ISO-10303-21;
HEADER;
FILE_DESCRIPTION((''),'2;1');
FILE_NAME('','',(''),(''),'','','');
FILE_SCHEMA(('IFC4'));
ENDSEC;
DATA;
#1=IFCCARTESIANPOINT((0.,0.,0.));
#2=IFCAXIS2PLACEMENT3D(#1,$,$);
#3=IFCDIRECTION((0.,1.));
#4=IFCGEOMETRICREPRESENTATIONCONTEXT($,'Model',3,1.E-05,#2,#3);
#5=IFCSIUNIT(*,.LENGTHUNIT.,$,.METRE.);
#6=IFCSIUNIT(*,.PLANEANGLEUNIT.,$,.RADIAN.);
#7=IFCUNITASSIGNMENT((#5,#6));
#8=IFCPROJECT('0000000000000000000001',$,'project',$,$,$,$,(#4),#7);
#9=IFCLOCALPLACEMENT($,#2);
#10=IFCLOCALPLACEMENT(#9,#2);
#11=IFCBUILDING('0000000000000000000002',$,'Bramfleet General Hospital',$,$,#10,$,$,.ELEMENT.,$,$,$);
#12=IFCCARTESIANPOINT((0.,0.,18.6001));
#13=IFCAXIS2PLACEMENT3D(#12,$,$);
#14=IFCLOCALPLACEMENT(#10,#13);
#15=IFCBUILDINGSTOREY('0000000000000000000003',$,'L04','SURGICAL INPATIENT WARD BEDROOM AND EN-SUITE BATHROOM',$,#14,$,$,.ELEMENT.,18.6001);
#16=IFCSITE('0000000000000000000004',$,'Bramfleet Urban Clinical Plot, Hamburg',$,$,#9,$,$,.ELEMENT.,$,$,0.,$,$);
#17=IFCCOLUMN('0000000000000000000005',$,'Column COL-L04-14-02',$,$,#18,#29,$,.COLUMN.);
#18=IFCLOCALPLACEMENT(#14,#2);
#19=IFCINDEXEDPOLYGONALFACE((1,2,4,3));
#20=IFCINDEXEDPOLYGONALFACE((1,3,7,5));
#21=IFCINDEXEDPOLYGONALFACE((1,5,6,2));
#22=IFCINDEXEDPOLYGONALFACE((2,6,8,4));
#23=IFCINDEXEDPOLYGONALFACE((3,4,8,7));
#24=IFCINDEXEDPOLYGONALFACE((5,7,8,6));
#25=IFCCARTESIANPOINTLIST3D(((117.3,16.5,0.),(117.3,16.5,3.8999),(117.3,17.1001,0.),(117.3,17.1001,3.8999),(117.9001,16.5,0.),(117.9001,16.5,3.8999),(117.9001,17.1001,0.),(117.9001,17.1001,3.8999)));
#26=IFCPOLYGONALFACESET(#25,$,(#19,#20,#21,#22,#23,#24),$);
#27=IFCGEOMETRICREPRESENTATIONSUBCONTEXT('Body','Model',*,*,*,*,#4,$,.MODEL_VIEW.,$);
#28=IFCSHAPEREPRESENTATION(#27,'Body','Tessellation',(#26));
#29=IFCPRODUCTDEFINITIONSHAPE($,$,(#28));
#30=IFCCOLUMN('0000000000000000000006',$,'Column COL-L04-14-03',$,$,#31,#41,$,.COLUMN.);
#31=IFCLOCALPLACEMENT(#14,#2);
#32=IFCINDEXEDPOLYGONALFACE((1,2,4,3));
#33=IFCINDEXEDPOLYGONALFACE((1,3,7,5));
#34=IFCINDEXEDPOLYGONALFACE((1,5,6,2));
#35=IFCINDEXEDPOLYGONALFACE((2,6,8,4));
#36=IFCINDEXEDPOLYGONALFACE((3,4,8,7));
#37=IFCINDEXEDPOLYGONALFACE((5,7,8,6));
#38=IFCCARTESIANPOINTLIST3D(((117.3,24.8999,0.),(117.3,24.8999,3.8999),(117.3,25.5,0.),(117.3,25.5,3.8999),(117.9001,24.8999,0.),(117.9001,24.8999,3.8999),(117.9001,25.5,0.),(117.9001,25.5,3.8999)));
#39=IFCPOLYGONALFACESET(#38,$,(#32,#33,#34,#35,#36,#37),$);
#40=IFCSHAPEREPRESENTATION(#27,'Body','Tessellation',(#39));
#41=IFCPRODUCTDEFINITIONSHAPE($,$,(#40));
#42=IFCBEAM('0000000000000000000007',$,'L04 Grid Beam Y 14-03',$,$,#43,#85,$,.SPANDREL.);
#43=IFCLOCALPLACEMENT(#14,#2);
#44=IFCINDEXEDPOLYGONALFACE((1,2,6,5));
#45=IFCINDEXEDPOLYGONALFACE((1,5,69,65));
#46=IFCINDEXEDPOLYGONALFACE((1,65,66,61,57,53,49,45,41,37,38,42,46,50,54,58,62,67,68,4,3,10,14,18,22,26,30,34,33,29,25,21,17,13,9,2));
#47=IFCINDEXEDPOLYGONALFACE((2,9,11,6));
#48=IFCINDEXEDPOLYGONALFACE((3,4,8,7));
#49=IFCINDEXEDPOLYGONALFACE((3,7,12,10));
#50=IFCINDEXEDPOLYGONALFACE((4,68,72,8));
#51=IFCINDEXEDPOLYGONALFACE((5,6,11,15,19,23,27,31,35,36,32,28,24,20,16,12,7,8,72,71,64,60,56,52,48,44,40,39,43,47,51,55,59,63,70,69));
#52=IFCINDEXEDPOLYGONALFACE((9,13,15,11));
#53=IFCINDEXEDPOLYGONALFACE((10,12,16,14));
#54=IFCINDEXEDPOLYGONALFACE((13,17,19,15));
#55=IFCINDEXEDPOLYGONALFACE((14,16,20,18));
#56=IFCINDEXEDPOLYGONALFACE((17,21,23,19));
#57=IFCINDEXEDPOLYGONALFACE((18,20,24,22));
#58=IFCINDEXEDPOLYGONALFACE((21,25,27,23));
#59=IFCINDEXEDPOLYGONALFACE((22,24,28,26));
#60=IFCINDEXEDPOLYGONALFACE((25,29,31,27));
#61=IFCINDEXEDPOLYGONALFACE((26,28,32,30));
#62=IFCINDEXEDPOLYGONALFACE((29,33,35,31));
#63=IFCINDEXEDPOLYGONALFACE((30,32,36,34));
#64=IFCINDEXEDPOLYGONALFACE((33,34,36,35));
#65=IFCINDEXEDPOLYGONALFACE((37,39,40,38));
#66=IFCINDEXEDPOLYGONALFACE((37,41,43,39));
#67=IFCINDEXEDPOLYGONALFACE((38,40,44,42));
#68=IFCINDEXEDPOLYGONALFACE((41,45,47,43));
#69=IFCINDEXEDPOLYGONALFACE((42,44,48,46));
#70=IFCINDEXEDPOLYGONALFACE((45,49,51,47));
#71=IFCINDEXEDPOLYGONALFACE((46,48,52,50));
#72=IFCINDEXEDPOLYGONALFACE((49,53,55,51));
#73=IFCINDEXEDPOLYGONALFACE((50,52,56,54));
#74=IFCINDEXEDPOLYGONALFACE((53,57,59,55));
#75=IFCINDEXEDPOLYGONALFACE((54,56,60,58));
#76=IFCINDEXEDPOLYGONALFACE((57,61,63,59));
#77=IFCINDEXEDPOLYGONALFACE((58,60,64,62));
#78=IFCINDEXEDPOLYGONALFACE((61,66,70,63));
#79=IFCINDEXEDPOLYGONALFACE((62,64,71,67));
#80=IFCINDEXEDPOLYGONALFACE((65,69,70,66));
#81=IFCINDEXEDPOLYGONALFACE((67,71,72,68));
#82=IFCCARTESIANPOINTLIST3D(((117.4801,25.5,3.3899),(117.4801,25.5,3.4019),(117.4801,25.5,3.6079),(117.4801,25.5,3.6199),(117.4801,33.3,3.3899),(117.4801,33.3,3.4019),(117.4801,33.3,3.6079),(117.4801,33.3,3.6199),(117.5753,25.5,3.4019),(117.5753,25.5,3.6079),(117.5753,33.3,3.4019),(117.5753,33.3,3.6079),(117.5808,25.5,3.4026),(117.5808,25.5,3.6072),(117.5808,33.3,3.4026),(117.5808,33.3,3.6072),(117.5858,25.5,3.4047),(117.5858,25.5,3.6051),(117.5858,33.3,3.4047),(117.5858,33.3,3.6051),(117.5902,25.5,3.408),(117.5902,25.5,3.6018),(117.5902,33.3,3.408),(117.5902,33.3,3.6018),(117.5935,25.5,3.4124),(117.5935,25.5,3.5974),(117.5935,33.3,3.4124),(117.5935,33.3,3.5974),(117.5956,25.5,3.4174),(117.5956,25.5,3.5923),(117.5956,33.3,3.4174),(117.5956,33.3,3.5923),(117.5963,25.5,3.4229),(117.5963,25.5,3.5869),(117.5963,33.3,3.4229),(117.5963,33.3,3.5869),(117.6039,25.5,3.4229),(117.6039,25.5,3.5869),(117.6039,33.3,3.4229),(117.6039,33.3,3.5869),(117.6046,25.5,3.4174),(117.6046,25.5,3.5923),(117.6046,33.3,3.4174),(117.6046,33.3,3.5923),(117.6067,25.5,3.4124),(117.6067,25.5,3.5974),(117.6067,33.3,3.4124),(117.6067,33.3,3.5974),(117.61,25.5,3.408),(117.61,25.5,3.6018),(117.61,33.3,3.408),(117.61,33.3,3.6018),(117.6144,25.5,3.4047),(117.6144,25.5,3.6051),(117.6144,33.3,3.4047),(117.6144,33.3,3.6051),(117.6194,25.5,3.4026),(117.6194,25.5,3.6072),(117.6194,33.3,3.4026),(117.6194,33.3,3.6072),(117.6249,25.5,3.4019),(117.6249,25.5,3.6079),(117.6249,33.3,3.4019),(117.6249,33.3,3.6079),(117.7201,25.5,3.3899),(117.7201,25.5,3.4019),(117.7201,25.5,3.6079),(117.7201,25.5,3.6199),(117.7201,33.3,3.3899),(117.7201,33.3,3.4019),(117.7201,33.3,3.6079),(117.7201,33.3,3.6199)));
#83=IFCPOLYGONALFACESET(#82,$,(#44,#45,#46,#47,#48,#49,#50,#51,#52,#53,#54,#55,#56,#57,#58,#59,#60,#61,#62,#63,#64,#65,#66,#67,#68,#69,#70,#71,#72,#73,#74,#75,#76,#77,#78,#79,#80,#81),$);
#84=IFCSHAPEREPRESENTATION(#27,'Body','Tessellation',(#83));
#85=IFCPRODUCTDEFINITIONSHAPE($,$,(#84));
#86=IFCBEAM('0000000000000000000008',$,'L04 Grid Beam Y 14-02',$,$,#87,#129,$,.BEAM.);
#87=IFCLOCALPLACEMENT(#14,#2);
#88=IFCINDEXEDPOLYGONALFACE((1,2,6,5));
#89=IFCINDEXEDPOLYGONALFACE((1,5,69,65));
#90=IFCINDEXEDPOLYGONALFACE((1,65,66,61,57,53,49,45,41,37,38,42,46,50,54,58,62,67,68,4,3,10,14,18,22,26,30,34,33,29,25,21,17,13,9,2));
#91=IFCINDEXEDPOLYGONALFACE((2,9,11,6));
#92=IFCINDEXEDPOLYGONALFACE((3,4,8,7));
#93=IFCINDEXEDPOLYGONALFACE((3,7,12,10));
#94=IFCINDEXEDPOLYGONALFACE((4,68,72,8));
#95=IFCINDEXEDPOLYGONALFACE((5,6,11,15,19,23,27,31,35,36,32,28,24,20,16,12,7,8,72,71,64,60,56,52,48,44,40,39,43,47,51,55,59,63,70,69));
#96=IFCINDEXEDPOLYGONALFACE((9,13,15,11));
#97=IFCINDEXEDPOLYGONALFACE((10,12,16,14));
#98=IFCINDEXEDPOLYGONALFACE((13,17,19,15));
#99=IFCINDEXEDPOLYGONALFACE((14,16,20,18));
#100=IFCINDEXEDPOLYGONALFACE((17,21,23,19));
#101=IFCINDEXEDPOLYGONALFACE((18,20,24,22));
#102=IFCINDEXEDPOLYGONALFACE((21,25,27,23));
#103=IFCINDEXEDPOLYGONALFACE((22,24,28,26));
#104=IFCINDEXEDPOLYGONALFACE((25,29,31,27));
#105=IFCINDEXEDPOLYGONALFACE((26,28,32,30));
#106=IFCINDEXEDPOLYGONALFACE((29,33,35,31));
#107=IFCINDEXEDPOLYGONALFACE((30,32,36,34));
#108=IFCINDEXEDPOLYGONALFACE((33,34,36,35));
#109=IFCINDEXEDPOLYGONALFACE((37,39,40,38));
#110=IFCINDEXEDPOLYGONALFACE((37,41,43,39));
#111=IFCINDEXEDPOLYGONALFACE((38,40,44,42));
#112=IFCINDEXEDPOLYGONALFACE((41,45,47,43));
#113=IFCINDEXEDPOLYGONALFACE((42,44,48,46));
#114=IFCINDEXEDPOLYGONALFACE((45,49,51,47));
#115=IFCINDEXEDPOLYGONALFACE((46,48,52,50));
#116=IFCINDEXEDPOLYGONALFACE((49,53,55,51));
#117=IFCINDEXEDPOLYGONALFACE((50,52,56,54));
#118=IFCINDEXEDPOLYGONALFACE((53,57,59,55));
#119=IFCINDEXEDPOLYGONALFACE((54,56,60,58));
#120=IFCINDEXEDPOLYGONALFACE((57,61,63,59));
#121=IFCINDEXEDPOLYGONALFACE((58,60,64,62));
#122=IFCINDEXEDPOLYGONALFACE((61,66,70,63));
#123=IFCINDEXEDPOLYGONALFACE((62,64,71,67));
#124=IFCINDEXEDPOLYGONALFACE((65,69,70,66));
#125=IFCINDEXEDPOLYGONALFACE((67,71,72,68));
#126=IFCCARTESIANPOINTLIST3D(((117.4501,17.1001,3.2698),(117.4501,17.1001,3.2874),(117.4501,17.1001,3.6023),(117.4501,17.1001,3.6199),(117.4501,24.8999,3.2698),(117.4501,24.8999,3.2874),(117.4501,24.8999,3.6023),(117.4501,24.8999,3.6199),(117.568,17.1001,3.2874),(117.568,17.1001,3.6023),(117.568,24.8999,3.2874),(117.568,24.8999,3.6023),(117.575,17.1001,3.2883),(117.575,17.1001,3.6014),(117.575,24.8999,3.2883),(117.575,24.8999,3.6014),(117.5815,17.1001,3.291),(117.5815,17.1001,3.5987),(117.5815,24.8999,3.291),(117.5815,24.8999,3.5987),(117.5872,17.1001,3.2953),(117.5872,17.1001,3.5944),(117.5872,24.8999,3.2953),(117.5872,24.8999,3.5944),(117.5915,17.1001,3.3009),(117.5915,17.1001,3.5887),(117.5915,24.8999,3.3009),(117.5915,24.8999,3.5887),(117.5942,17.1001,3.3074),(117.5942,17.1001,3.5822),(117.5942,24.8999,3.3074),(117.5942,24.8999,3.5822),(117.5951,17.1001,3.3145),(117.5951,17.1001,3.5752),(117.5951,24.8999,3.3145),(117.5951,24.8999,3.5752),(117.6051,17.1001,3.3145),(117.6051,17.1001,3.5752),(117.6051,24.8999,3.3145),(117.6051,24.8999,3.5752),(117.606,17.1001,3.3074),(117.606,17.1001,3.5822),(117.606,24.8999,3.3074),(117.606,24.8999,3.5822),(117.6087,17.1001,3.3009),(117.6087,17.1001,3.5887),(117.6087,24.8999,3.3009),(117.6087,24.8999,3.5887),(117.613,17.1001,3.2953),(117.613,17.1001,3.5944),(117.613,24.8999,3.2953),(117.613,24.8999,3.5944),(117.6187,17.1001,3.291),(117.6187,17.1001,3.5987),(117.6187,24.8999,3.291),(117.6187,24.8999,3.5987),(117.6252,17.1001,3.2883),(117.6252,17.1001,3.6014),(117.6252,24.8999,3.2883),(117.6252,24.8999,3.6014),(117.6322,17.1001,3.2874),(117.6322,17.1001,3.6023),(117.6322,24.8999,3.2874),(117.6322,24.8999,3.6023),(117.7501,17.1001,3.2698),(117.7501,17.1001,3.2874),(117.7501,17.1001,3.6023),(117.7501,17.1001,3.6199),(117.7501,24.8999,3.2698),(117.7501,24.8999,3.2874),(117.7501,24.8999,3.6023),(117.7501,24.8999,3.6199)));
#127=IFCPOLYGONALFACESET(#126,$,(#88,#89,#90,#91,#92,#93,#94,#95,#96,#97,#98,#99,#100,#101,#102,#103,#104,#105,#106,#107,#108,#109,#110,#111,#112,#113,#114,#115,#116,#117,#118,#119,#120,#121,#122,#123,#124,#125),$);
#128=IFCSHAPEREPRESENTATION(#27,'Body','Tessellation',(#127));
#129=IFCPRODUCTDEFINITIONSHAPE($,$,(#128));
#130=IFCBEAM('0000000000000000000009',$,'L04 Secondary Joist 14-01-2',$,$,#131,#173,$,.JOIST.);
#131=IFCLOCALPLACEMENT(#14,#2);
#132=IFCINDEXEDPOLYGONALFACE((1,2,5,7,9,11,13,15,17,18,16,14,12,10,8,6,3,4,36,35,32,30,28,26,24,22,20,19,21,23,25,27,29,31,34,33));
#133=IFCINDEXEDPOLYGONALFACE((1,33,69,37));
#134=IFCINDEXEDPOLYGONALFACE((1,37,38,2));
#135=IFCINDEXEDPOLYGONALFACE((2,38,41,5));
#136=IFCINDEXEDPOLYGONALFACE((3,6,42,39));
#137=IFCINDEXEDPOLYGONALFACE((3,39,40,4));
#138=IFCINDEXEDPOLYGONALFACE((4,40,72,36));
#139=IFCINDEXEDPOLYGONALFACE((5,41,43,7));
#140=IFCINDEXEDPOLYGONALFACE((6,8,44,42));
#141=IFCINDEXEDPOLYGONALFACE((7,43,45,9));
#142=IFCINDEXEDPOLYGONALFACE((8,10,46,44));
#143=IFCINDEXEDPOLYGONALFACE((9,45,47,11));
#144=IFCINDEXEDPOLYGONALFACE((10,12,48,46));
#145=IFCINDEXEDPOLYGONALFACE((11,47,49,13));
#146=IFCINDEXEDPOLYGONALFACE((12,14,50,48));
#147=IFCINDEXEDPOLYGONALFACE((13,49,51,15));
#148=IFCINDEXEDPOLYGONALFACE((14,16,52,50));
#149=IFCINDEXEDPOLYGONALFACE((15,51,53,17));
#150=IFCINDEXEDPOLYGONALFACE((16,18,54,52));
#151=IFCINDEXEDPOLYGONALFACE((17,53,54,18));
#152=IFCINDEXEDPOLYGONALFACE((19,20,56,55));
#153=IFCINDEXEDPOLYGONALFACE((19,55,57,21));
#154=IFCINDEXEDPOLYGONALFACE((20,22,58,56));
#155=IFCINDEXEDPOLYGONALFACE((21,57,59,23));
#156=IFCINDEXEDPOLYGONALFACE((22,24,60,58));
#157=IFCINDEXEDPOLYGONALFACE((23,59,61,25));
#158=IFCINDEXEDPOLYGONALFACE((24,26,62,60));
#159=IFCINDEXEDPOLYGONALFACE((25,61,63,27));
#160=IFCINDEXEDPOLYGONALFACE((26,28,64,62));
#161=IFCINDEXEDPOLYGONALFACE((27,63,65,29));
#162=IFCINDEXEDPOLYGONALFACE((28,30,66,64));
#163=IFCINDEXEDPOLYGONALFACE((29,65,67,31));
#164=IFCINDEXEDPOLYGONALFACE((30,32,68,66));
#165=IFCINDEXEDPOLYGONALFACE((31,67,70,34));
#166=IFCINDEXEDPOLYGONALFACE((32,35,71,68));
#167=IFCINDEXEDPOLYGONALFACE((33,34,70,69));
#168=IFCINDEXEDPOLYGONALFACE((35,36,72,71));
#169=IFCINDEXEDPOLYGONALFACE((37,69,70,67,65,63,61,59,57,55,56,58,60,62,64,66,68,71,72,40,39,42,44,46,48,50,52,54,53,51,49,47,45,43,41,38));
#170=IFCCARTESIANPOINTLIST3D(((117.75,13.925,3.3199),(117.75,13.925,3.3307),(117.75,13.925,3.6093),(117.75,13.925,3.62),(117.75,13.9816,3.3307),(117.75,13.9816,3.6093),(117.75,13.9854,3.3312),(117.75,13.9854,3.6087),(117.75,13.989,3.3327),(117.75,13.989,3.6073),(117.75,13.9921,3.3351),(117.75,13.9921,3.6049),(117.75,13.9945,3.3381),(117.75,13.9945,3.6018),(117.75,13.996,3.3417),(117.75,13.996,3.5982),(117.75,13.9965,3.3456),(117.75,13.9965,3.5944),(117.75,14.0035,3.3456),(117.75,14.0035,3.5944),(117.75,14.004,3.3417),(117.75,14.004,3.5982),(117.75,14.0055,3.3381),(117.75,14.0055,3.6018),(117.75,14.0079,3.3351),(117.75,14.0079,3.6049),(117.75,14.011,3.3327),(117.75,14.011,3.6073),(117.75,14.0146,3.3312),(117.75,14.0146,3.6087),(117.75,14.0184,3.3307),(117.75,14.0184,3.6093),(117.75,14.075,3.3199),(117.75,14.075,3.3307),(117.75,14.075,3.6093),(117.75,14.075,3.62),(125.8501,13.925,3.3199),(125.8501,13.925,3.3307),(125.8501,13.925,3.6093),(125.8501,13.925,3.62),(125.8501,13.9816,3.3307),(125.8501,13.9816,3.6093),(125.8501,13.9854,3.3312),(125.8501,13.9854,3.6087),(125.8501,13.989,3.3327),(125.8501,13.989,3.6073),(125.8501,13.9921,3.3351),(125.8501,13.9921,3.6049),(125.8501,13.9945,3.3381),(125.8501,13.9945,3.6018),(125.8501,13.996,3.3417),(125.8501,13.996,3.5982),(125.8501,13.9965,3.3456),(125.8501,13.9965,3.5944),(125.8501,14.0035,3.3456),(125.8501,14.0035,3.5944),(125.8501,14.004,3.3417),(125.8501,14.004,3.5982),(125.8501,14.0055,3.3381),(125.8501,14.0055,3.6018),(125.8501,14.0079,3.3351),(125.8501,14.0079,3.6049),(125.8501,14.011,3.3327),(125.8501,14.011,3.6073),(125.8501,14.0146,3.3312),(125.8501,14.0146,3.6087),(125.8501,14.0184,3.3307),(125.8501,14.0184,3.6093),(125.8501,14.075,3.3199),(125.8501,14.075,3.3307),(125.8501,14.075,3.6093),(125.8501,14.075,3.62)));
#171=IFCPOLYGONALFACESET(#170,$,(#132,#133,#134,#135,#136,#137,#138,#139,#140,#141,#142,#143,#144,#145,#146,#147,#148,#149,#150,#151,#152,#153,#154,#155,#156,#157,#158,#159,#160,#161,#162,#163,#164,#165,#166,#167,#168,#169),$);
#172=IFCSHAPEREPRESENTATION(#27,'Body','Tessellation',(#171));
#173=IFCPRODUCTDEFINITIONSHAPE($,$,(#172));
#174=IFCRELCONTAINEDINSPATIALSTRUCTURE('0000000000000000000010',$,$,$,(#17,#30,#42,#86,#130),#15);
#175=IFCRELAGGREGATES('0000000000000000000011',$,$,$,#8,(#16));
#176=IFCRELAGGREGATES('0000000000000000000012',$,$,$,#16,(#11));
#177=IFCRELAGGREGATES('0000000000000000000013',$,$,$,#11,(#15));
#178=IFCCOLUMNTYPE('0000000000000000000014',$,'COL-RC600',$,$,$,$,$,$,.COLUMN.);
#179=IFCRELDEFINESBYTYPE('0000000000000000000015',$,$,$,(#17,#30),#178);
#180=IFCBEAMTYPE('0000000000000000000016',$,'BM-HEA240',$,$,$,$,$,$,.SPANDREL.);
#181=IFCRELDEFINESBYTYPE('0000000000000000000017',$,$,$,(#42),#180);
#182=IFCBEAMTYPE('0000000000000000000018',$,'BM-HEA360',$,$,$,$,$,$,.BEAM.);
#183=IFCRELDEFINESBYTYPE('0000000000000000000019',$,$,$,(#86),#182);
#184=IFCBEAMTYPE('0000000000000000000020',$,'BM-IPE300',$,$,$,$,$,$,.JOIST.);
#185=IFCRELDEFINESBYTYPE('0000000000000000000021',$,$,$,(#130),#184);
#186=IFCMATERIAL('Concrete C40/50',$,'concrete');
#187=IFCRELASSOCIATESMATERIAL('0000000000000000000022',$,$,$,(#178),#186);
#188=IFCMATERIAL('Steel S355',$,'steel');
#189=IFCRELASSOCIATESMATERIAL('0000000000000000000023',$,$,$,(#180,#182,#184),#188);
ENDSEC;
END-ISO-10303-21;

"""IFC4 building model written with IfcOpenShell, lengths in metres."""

from ifc_helpers import new_model, si_unit, direction, frame, origin, origin_2d, place, context, subcontext, project, spatial, rectangle, i_section, extrude, material, material_profile, profile_set, type_object, element, save


model = new_model("IFC4")

# Units and contexts
model_context = context("Model", 3, precision=1e-05, world=origin(), true_north=direction((0.0, 1.0)))
body_context = subcontext(model_context, "Body", "Model", "MODEL_VIEW")
ifc_project = project(units=[si_unit("LENGTHUNIT", "METRE"), si_unit("PLANEANGLEUNIT", "RADIAN")], contexts=[model_context])

# Site, building, storey
site_placement = place(None, origin())
site = spatial("IfcSite", under=ifc_project, at=site_placement, Name="Bramfleet Urban Clinical Plot, Hamburg", CompositionType="ELEMENT", RefElevation=0.0)
building_placement = place(site_placement, origin())
building = spatial("IfcBuilding", under=site, at=building_placement, Name="Bramfleet General Hospital", CompositionType="ELEMENT")
storey_placement = place(building_placement, frame((0.0, 0.0, 18.6001)))
storey = spatial("IfcBuildingStorey", under=building, at=storey_placement, Name="L04", Description="SURGICAL INPATIENT WARD BEDROOM AND EN-SUITE BATHROOM", CompositionType="ELEMENT", Elevation=18.6001)

# Columns
ifc_material_1 = material(Name="Concrete C40/50", Category="concrete")
ifc_material_profile_1 = material_profile(ifc_material_1, rectangle(XDim=0.6001, YDim=0.6001, at=origin_2d()), Name="RC COL 600x600")
ifc_profile_set_1 = profile_set([ifc_material_profile_1], Name="Concrete C40/50")
column_type = type_object("IfcColumnType", Name="COL-RC600", PredefinedType="COLUMN", material=ifc_profile_set_1)
for number, where, z_axis, x_axis, name in (
    (1, (117.6001, 16.8, 0.0), (0.0, 0.0, 1.0), (1.0, 0.0, 0.0), "Column COL-L04-14-02"),
    (2, (117.6001, 25.2, 0.0), (0.0, 0.0, 1.0), (1.0, 0.0, 0.0), "Column COL-L04-14-03"),
):
    element("IfcColumn", number, at=place(storey_placement, frame(where, z_axis=z_axis, x_axis=x_axis)), inside=storey, type_object=column_type, Name=name, PredefinedType="COLUMN", context=body_context, shape_type="SweptSolid", body=[
        extrude(rectangle(XDim=0.6001, YDim=0.6001, at=origin_2d()), origin(), (0.0, 0.0, 1.0), 3.8999),
    ])

# Beams
ifc_material_2 = material(Name="Steel S355", Category="steel")
ifc_material_profile_2 = material_profile(ifc_material_2, i_section(OverallWidth=0.24, OverallDepth=0.23, WebThickness=0.0076, FlangeThickness=0.012, FilletRadius=0.021, at=origin_2d()), Name="HEA 240")
ifc_profile_set_2 = profile_set([ifc_material_profile_2], Name="Steel S355")
beam_type_1 = type_object("IfcBeamType", Name="BM-HEA240", PredefinedType="SPANDREL", material=ifc_profile_set_2)
beam_1_placement = place(storey_placement, frame((117.6001, 25.5, 3.5049), z_axis=(0.0, 1.0, 0.0), x_axis=(-1.0, 0.0, 0.0)))
element("IfcBeam", 3, at=beam_1_placement, inside=storey, type_object=beam_type_1, Name="L04 Grid Beam Y 14-03", PredefinedType="SPANDREL", context=body_context, shape_type="SweptSolid", body=[
    extrude(i_section(OverallWidth=0.24, OverallDepth=0.23, WebThickness=0.0076, FlangeThickness=0.012, FilletRadius=0.021, at=origin_2d()), origin(), (0.0, 0.0, 1.0), 7.8),
])
ifc_material_profile_3 = material_profile(ifc_material_2, i_section(OverallWidth=0.3, OverallDepth=0.3501, WebThickness=0.01, FlangeThickness=0.0176, FilletRadius=0.0271, at=origin_2d()), Name="HEA 360")
ifc_profile_set_3 = profile_set([ifc_material_profile_3], Name="Steel S355")
beam_type_2 = type_object("IfcBeamType", Name="BM-HEA360", PredefinedType="BEAM", material=ifc_profile_set_3)
beam_2_placement = place(storey_placement, frame((117.6001, 17.1001, 3.4448), z_axis=(0.0, 1.0, 0.0), x_axis=(-1.0, 0.0, 0.0)))
element("IfcBeam", 4, at=beam_2_placement, inside=storey, type_object=beam_type_2, Name="L04 Grid Beam Y 14-02", PredefinedType="BEAM", context=body_context, shape_type="SweptSolid", body=[
    extrude(i_section(OverallWidth=0.3, OverallDepth=0.3501, WebThickness=0.01, FlangeThickness=0.0176, FilletRadius=0.0271, at=origin_2d()), origin(), (0.0, 0.0, 1.0), 7.7998),
])
ifc_material_profile_4 = material_profile(ifc_material_2, i_section(OverallWidth=0.1499, OverallDepth=0.3, WebThickness=0.0071, FlangeThickness=0.0107, FilletRadius=0.0149, at=origin_2d()), Name="IPE 300")
ifc_profile_set_4 = profile_set([ifc_material_profile_4], Name="Steel S355")
beam_type_3 = type_object("IfcBeamType", Name="BM-IPE300", PredefinedType="JOIST", material=ifc_profile_set_4)
for number, where, z_axis, x_axis, name in (
    (5, (117.75, 14.0, 3.47), (1.0, 0.0, 0.0), (0.0, 1.0, 0.0), "L04 Secondary Joist 14-01-2"),
):
    element("IfcBeam", number, at=place(storey_placement, frame(where, z_axis=z_axis, x_axis=x_axis)), inside=storey, type_object=beam_type_3, Name=name, PredefinedType="JOIST", context=body_context, shape_type="SweptSolid", body=[
        extrude(i_section(OverallWidth=0.1499, OverallDepth=0.3, WebThickness=0.0071, FlangeThickness=0.0107, FilletRadius=0.0149, at=origin_2d()), origin(), (0.0, 0.0, 1.0), 8.1001),
    ])

save(model, "model.ifc")
